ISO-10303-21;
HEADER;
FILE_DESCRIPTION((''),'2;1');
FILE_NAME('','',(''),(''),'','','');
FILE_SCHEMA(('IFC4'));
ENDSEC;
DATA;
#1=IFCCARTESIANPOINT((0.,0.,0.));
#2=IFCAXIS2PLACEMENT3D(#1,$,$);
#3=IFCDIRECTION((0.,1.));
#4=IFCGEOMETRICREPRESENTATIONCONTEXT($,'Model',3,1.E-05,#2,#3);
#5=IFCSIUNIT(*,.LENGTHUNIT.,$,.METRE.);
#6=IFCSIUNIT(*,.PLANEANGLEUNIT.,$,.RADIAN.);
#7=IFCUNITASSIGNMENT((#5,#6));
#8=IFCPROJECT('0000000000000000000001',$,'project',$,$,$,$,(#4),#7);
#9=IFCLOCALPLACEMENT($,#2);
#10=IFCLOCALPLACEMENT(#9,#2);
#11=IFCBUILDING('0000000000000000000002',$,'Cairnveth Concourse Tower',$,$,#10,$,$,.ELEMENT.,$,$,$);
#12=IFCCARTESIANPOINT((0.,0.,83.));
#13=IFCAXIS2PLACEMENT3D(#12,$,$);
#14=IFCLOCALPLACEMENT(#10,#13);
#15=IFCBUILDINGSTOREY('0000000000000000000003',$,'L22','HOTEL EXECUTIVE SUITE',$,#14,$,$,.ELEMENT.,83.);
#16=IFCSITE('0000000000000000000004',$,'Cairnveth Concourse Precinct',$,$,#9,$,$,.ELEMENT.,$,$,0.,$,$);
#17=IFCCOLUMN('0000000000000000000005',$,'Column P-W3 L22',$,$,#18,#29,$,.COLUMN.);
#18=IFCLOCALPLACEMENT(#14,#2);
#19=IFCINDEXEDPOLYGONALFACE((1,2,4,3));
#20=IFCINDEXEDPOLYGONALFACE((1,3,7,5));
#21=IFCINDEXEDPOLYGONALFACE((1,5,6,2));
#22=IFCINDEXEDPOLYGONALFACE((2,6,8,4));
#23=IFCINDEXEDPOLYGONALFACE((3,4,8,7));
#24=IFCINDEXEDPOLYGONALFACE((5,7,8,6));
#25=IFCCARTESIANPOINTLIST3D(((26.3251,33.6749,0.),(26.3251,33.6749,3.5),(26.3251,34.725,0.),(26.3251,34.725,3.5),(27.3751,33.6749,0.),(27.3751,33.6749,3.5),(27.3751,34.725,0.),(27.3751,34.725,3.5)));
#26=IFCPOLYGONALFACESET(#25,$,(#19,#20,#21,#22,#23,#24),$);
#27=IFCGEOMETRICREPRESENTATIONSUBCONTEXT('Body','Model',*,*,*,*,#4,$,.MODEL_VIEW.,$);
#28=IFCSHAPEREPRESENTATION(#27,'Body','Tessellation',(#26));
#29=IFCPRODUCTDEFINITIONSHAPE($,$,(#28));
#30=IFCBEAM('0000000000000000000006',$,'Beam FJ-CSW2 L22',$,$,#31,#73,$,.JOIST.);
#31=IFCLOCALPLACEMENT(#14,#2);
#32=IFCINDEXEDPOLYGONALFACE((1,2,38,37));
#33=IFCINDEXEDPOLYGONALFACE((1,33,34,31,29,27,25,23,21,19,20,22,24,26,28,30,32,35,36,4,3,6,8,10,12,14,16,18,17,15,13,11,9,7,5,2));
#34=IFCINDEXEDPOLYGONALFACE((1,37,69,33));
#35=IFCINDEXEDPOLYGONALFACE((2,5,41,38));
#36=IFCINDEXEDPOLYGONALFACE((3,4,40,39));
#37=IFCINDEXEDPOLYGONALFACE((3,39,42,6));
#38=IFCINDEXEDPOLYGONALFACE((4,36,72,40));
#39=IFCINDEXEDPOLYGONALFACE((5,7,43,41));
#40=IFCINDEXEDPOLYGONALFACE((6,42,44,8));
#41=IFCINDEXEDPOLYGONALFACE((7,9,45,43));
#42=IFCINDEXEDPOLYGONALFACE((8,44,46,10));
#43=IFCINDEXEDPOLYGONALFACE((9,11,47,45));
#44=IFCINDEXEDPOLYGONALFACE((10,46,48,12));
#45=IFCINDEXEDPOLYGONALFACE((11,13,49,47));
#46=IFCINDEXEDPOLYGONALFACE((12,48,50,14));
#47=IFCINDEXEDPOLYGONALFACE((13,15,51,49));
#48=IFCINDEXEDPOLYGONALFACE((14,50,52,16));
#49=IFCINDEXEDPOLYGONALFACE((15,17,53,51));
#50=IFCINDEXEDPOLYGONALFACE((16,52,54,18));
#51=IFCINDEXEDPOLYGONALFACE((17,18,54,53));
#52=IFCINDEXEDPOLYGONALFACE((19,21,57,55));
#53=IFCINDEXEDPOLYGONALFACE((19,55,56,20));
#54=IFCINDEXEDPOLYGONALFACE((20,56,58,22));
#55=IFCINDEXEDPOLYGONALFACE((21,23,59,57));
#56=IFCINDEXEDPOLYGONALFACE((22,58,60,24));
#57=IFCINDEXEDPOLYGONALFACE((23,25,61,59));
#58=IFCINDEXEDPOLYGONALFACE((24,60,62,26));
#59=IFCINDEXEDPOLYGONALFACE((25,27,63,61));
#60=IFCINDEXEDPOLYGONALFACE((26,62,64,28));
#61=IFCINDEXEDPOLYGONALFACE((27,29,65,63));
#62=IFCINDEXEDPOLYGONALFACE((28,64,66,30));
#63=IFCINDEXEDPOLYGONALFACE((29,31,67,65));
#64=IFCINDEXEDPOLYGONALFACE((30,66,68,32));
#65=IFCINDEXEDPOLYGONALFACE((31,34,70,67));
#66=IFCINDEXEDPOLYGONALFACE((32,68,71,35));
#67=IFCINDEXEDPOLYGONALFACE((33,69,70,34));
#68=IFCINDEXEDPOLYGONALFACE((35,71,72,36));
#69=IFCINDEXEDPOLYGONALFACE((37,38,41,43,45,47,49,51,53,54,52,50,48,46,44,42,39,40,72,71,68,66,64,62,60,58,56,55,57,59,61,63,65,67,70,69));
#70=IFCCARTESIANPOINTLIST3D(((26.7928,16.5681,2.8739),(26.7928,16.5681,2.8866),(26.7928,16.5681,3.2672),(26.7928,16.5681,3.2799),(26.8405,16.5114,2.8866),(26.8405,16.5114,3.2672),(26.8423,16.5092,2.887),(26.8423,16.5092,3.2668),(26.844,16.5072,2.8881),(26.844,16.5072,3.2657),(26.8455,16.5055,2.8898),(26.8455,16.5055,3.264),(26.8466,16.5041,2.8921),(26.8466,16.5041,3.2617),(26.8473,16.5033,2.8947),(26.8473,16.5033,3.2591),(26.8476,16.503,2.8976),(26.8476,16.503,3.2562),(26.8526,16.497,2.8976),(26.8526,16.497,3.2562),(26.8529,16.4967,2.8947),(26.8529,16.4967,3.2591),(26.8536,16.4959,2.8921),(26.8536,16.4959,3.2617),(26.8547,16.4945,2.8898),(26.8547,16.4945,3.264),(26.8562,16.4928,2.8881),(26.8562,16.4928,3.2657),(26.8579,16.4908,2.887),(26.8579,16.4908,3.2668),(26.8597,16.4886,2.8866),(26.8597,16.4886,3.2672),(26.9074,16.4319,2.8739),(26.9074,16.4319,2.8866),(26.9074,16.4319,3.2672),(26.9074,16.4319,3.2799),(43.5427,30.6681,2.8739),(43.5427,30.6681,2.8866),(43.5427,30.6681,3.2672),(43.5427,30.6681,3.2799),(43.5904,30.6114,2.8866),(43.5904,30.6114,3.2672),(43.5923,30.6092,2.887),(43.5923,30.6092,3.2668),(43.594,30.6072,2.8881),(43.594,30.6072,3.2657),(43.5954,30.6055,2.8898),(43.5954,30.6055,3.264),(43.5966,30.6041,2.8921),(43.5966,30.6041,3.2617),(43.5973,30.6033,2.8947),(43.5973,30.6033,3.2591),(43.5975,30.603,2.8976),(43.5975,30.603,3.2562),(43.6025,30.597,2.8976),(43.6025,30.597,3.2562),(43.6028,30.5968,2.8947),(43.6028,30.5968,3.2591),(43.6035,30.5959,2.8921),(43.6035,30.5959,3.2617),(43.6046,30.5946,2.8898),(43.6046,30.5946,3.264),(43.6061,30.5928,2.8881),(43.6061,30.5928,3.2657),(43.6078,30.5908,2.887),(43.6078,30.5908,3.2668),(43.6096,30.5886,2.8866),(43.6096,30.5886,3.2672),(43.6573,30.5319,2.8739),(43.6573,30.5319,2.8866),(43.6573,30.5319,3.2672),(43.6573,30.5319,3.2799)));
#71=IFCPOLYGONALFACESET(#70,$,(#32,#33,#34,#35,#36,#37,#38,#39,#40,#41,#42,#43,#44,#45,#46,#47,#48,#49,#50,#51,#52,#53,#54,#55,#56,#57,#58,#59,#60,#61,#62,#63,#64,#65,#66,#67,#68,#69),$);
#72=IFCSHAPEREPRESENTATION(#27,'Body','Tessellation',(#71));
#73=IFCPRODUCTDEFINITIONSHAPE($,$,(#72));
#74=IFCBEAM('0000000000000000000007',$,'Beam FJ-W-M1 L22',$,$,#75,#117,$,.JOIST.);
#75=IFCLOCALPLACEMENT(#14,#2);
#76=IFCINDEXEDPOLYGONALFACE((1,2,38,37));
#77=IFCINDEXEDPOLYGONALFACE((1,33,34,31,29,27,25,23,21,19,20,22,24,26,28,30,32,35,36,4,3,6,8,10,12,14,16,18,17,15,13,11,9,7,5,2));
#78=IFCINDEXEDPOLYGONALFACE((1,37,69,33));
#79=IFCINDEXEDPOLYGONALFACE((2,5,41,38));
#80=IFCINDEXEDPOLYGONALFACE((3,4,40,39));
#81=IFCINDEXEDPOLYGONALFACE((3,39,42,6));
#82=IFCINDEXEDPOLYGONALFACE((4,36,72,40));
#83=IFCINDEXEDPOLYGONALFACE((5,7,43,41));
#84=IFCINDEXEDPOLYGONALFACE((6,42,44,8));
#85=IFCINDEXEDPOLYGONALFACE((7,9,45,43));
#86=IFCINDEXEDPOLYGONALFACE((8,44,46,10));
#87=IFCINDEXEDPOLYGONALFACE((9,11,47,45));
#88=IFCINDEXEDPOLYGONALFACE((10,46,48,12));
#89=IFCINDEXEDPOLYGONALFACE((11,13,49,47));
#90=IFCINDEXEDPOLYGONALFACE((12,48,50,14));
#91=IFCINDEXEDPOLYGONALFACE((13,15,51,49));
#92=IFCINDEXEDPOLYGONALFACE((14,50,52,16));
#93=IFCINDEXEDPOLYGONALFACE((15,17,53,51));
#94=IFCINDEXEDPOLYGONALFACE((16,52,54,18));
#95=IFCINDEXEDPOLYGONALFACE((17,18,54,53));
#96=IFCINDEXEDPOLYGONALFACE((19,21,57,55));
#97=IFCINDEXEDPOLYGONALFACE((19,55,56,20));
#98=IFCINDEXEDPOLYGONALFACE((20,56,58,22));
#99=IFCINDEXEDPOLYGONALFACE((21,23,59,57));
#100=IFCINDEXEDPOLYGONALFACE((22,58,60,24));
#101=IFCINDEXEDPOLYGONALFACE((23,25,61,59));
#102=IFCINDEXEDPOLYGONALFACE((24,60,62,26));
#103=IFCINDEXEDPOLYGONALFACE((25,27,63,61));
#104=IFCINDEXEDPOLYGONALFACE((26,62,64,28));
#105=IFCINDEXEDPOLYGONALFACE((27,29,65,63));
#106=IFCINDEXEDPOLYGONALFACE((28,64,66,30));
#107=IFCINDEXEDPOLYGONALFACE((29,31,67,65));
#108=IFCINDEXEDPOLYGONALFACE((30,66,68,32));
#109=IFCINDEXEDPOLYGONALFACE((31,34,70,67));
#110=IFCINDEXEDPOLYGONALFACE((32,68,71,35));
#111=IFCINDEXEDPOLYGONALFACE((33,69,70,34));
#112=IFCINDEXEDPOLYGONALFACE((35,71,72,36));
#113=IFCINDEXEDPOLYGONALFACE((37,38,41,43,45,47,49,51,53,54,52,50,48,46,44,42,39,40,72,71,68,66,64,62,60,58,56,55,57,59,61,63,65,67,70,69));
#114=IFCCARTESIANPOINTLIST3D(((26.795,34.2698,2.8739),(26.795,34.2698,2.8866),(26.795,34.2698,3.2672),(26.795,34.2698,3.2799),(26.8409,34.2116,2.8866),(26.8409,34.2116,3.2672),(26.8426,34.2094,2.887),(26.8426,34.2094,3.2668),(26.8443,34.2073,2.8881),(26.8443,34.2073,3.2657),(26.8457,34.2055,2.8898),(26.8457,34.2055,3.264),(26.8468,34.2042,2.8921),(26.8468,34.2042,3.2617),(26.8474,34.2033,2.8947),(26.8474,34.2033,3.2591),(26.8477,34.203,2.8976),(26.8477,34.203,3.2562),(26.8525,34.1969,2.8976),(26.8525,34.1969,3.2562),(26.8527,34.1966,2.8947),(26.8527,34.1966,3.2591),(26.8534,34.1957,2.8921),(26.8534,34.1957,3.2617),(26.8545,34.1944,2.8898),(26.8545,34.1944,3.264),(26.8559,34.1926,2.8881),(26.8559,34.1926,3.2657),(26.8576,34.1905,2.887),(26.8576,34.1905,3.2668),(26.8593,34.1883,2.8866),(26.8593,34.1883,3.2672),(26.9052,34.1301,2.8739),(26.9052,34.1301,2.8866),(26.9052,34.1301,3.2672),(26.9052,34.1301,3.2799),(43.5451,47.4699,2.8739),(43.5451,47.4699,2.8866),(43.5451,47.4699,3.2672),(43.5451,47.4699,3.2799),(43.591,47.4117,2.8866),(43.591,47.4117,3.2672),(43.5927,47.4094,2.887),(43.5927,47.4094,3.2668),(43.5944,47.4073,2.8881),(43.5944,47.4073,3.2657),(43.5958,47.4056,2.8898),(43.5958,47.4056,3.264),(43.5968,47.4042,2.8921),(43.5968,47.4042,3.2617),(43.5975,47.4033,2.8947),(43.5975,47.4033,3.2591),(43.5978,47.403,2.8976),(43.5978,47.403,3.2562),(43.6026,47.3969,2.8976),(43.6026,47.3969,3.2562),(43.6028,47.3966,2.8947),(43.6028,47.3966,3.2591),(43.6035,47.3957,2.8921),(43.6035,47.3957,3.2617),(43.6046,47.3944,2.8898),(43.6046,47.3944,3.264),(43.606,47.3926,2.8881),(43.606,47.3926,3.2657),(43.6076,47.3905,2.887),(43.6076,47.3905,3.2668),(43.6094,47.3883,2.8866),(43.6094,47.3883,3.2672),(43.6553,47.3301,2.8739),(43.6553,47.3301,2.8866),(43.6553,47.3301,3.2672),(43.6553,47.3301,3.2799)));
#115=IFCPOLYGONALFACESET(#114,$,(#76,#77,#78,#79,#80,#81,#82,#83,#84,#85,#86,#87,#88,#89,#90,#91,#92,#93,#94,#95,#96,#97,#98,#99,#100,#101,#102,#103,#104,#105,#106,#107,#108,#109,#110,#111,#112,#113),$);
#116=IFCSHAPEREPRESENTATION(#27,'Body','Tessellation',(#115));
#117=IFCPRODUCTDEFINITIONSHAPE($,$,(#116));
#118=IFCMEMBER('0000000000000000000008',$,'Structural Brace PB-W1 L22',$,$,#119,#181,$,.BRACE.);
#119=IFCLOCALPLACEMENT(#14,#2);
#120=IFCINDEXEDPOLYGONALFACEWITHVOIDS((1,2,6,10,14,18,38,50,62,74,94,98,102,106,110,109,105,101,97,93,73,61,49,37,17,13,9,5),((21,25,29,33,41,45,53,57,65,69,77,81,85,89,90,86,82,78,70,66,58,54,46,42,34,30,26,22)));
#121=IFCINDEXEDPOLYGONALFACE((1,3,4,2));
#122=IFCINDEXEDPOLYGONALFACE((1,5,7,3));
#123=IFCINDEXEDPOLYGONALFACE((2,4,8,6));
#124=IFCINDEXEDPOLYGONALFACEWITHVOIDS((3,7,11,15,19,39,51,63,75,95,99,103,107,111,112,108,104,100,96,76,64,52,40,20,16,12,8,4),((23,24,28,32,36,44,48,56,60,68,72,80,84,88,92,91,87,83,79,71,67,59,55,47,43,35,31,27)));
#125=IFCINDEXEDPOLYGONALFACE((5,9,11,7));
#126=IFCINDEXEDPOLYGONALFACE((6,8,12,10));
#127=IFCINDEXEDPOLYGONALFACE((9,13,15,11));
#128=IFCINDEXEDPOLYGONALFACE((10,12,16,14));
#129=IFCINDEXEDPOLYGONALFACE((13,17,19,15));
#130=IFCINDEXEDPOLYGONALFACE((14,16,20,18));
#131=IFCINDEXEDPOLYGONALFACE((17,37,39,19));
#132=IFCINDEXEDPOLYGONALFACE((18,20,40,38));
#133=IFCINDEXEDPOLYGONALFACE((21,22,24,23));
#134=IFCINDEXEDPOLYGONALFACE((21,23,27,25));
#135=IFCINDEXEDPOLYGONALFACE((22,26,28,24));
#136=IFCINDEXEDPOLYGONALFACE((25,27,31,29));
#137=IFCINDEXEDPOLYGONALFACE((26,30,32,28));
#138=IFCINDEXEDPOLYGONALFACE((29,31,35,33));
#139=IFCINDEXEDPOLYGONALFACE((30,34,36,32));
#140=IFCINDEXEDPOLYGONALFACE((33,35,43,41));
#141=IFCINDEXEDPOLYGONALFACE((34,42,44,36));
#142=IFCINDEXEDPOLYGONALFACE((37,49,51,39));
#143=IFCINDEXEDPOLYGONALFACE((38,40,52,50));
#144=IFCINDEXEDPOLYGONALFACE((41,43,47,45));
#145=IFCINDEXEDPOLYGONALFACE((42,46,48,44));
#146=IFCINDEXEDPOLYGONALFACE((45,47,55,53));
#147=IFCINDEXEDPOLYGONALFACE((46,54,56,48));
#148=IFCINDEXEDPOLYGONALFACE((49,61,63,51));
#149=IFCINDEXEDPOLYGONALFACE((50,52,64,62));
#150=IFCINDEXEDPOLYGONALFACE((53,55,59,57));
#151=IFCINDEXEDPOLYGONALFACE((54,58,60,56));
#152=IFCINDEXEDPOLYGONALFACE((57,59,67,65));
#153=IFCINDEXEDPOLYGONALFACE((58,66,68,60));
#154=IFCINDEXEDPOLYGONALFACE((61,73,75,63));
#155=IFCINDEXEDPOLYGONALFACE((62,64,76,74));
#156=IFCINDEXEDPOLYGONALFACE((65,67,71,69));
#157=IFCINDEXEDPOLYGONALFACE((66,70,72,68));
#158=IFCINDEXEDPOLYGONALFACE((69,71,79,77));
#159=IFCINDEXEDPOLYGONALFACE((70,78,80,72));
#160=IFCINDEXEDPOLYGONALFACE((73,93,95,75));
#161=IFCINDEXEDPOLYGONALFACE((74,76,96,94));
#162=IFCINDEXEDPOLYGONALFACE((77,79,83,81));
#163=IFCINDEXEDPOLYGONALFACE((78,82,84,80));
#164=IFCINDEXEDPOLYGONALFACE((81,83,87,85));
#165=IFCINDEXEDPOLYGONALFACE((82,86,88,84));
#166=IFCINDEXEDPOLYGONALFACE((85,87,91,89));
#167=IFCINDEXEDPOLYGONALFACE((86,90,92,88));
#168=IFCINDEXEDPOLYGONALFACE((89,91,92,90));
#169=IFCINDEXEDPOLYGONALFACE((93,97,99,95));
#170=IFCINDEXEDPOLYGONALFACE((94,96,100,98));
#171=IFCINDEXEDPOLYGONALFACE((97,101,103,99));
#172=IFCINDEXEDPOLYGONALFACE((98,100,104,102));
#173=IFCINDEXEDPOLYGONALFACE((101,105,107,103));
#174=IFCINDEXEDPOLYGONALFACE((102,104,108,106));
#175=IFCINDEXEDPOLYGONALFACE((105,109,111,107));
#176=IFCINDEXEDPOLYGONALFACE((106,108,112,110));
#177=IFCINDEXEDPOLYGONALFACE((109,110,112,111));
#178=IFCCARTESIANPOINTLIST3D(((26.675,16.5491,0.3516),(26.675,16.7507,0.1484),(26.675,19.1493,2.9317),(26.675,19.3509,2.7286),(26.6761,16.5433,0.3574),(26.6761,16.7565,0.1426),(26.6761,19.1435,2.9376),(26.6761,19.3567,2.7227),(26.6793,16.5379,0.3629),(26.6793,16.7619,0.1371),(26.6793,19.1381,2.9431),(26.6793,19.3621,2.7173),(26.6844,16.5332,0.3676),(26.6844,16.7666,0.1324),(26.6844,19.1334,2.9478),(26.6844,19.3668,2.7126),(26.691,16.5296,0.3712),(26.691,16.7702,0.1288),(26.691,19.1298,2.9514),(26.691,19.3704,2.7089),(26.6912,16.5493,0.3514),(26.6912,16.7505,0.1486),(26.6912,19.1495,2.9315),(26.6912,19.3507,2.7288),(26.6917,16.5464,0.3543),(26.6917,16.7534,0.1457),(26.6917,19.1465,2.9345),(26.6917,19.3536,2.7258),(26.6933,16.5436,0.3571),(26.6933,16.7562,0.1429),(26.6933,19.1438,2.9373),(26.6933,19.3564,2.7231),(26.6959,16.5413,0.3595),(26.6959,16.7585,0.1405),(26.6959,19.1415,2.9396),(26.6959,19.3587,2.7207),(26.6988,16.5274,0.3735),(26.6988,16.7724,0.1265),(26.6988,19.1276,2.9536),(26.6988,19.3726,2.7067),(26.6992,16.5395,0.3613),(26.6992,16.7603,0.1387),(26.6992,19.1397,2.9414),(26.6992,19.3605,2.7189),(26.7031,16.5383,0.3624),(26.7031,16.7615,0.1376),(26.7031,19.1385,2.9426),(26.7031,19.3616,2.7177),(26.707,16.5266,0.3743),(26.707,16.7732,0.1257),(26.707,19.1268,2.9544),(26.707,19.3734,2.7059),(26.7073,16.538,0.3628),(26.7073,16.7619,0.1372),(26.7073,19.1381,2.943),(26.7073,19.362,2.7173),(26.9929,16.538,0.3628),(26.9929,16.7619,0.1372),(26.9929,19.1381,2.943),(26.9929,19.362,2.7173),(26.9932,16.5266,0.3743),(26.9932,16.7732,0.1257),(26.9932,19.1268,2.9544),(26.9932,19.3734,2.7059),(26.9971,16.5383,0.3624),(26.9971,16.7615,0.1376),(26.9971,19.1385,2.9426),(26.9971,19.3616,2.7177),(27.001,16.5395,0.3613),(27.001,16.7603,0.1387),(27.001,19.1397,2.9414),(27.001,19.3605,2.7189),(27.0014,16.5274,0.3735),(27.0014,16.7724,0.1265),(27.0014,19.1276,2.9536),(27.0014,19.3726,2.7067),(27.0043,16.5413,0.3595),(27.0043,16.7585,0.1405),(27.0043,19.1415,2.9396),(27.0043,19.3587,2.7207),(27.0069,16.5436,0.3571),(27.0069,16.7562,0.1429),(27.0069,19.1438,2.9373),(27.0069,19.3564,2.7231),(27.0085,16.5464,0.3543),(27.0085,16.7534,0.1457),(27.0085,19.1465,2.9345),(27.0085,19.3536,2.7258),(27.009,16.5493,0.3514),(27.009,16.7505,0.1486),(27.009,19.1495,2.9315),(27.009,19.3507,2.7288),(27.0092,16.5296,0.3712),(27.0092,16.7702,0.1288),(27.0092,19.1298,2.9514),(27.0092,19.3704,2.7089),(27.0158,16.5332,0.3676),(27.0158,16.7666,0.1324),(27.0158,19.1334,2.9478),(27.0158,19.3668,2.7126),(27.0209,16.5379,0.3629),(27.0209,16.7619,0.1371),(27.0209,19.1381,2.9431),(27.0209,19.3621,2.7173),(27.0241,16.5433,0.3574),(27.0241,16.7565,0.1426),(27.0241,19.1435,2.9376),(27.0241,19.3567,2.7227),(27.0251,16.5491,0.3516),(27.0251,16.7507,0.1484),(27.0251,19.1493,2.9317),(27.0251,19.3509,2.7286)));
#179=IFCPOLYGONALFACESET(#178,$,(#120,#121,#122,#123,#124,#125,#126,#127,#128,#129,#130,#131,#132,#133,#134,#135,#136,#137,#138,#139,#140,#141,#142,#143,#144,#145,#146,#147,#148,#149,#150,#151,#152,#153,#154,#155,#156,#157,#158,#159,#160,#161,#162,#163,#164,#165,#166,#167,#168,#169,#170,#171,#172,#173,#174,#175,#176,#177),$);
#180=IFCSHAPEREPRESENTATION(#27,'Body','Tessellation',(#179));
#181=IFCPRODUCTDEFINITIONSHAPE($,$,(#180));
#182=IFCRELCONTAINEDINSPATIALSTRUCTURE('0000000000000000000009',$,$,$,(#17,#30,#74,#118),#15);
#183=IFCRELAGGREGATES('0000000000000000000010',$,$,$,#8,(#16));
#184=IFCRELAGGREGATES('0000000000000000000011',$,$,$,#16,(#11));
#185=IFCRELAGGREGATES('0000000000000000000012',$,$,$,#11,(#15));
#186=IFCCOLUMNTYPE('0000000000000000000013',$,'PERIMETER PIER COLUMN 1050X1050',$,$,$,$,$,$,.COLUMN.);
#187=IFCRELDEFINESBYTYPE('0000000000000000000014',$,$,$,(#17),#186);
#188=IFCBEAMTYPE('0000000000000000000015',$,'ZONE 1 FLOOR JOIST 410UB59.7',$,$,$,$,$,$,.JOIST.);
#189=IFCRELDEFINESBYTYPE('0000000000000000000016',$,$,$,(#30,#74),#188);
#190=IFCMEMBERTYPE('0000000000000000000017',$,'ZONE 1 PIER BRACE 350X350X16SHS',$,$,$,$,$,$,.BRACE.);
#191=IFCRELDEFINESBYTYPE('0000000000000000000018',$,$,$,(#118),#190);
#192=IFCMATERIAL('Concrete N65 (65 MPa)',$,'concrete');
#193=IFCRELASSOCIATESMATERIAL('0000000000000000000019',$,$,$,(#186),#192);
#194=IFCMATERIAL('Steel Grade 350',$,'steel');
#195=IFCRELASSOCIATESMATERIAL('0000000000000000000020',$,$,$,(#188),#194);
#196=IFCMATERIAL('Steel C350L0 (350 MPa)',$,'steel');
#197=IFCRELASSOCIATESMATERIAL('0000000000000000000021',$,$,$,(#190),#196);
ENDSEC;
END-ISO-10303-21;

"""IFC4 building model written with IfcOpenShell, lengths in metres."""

from ifc_helpers import new_model, si_unit, direction, frame, origin, origin_2d, place, context, subcontext, project, spatial, rectangle, hollow_rectangle, i_section, extrude, material, material_profile, profile_set, type_object, element, save


model = new_model("IFC4")

# Units and contexts
model_context = context("Model", 3, precision=1e-05, world=origin(), true_north=direction((0.0, 1.0)))
body_context = subcontext(model_context, "Body", "Model", "MODEL_VIEW")
ifc_project = project(units=[si_unit("LENGTHUNIT", "METRE"), si_unit("PLANEANGLEUNIT", "RADIAN")], contexts=[model_context])

# Site, building, storey
site_placement = place(None, origin())
site = spatial("IfcSite", under=ifc_project, at=site_placement, Name="Cairnveth Concourse Precinct", CompositionType="ELEMENT", RefElevation=0.0)
building_placement = place(site_placement, origin())
building = spatial("IfcBuilding", under=site, at=building_placement, Name="Cairnveth Concourse Tower", CompositionType="ELEMENT")
storey_placement = place(building_placement, frame((0.0, 0.0, 83.0)))
storey = spatial("IfcBuildingStorey", under=building, at=storey_placement, Name="L22", Description="HOTEL EXECUTIVE SUITE", CompositionType="ELEMENT", Elevation=83.0)

# Column
ifc_material_1 = material(Name="Concrete N65 (65 MPa)", Category="concrete")
ifc_material_profile_1 = material_profile(ifc_material_1, rectangle(XDim=1.05, YDim=1.05, at=origin_2d()), Name="RC-COL-1050x1050")
ifc_profile_set_1 = profile_set([ifc_material_profile_1], Name="Concrete N65 (65 MPa)")
column_type = type_object("IfcColumnType", Name="PERIMETER PIER COLUMN 1050X1050", PredefinedType="COLUMN", material=ifc_profile_set_1)
column_placement = place(storey_placement, frame((26.8501, 34.2, 0.0), z_axis=(0.0, 0.0, 1.0), x_axis=(0.0, 1.0, 0.0)))
element("IfcColumn", 1, at=column_placement, inside=storey, type_object=column_type, Name="Column P-W3 L22", PredefinedType="COLUMN", context=body_context, shape_type="SweptSolid", body=[
    extrude(rectangle(XDim=1.05, YDim=1.05, at=origin_2d()), origin(), (0.0, 0.0, 1.0), 3.5),
])

# Beams
ifc_material_2 = material(Name="Steel Grade 350", Category="steel")
ifc_material_profile_2 = material_profile(ifc_material_2, i_section(OverallWidth=0.178, OverallDepth=0.406, WebThickness=0.0078, FlangeThickness=0.0127, FilletRadius=0.011, at=origin_2d()), Name="410UB59.7")
ifc_profile_set_2 = profile_set([ifc_material_profile_2], Name="Steel Grade 350")
beam_type_1 = type_object("IfcBeamType", Name="ZONE 1 FLOOR JOIST 410UB59.7", PredefinedType="JOIST", material=ifc_profile_set_2)
beam_1_placement = place(storey_placement, frame((26.8501, 16.5, 3.0769), z_axis=(0.765027, 0.643998, 0.0), x_axis=(-0.643998, 0.765027, 0.0)))
element("IfcBeam", 2, at=beam_1_placement, inside=storey, type_object=beam_type_1, Name="Beam FJ-CSW2 L22", PredefinedType="JOIST", context=body_context, shape_type="SweptSolid", body=[
    extrude(i_section(OverallWidth=0.178, OverallDepth=0.406, WebThickness=0.0078, FlangeThickness=0.0127, FilletRadius=0.011, at=origin_2d()), origin(), (0.0, 0.0, 1.0), 21.8945),
])
beam_2_placement = place(storey_placement, frame((26.8501, 34.2, 3.0769), z_axis=(0.785424, 0.618958, 0.0), x_axis=(-0.618958, 0.785424, 0.0)))
element("IfcBeam", 3, at=beam_2_placement, inside=storey, type_object=beam_type_1, Name="Beam FJ-W-M1 L22", PredefinedType="JOIST", context=body_context, shape_type="SweptSolid", body=[
    extrude(i_section(OverallWidth=0.178, OverallDepth=0.406, WebThickness=0.0078, FlangeThickness=0.0127, FilletRadius=0.011, at=origin_2d()), origin(), (0.0, 0.0, 1.0), 21.3262),
])

# Member
ifc_material_3 = material(Name="Steel C350L0 (350 MPa)", Category="steel")
ifc_material_profile_3 = material_profile(ifc_material_3, hollow_rectangle(XDim=0.3501, YDim=0.3501, WallThickness=0.0161, InnerFilletRadius=0.0161, OuterFilletRadius=0.032, at=origin_2d()), Name="350x350x16.0SHS")
ifc_profile_set_3 = profile_set([ifc_material_profile_3], Name="Steel C350L0 (350 MPa)")
member_type = type_object("IfcMemberType", Name="ZONE 1 PIER BRACE 350X350X16SHS", PredefinedType="BRACE", material=ifc_profile_set_3)
member_placement = place(storey_placement, frame((26.8501, 16.6499, 0.25), z_axis=(0.0, 0.709834, 0.704369), x_axis=(-1.0, 0.0, 0.0)))
element("IfcMember", 4, at=member_placement, inside=storey, type_object=member_type, Name="Structural Brace PB-W1 L22", PredefinedType="BRACE", context=body_context, shape_type="SweptSolid", body=[
    extrude(hollow_rectangle(XDim=0.3501, YDim=0.3501, WallThickness=0.0161, InnerFilletRadius=0.0161, OuterFilletRadius=0.032, at=origin_2d()), origin(), (0.0, 0.0, 1.0), 3.6631),
])

save(model, "model.ifc")
